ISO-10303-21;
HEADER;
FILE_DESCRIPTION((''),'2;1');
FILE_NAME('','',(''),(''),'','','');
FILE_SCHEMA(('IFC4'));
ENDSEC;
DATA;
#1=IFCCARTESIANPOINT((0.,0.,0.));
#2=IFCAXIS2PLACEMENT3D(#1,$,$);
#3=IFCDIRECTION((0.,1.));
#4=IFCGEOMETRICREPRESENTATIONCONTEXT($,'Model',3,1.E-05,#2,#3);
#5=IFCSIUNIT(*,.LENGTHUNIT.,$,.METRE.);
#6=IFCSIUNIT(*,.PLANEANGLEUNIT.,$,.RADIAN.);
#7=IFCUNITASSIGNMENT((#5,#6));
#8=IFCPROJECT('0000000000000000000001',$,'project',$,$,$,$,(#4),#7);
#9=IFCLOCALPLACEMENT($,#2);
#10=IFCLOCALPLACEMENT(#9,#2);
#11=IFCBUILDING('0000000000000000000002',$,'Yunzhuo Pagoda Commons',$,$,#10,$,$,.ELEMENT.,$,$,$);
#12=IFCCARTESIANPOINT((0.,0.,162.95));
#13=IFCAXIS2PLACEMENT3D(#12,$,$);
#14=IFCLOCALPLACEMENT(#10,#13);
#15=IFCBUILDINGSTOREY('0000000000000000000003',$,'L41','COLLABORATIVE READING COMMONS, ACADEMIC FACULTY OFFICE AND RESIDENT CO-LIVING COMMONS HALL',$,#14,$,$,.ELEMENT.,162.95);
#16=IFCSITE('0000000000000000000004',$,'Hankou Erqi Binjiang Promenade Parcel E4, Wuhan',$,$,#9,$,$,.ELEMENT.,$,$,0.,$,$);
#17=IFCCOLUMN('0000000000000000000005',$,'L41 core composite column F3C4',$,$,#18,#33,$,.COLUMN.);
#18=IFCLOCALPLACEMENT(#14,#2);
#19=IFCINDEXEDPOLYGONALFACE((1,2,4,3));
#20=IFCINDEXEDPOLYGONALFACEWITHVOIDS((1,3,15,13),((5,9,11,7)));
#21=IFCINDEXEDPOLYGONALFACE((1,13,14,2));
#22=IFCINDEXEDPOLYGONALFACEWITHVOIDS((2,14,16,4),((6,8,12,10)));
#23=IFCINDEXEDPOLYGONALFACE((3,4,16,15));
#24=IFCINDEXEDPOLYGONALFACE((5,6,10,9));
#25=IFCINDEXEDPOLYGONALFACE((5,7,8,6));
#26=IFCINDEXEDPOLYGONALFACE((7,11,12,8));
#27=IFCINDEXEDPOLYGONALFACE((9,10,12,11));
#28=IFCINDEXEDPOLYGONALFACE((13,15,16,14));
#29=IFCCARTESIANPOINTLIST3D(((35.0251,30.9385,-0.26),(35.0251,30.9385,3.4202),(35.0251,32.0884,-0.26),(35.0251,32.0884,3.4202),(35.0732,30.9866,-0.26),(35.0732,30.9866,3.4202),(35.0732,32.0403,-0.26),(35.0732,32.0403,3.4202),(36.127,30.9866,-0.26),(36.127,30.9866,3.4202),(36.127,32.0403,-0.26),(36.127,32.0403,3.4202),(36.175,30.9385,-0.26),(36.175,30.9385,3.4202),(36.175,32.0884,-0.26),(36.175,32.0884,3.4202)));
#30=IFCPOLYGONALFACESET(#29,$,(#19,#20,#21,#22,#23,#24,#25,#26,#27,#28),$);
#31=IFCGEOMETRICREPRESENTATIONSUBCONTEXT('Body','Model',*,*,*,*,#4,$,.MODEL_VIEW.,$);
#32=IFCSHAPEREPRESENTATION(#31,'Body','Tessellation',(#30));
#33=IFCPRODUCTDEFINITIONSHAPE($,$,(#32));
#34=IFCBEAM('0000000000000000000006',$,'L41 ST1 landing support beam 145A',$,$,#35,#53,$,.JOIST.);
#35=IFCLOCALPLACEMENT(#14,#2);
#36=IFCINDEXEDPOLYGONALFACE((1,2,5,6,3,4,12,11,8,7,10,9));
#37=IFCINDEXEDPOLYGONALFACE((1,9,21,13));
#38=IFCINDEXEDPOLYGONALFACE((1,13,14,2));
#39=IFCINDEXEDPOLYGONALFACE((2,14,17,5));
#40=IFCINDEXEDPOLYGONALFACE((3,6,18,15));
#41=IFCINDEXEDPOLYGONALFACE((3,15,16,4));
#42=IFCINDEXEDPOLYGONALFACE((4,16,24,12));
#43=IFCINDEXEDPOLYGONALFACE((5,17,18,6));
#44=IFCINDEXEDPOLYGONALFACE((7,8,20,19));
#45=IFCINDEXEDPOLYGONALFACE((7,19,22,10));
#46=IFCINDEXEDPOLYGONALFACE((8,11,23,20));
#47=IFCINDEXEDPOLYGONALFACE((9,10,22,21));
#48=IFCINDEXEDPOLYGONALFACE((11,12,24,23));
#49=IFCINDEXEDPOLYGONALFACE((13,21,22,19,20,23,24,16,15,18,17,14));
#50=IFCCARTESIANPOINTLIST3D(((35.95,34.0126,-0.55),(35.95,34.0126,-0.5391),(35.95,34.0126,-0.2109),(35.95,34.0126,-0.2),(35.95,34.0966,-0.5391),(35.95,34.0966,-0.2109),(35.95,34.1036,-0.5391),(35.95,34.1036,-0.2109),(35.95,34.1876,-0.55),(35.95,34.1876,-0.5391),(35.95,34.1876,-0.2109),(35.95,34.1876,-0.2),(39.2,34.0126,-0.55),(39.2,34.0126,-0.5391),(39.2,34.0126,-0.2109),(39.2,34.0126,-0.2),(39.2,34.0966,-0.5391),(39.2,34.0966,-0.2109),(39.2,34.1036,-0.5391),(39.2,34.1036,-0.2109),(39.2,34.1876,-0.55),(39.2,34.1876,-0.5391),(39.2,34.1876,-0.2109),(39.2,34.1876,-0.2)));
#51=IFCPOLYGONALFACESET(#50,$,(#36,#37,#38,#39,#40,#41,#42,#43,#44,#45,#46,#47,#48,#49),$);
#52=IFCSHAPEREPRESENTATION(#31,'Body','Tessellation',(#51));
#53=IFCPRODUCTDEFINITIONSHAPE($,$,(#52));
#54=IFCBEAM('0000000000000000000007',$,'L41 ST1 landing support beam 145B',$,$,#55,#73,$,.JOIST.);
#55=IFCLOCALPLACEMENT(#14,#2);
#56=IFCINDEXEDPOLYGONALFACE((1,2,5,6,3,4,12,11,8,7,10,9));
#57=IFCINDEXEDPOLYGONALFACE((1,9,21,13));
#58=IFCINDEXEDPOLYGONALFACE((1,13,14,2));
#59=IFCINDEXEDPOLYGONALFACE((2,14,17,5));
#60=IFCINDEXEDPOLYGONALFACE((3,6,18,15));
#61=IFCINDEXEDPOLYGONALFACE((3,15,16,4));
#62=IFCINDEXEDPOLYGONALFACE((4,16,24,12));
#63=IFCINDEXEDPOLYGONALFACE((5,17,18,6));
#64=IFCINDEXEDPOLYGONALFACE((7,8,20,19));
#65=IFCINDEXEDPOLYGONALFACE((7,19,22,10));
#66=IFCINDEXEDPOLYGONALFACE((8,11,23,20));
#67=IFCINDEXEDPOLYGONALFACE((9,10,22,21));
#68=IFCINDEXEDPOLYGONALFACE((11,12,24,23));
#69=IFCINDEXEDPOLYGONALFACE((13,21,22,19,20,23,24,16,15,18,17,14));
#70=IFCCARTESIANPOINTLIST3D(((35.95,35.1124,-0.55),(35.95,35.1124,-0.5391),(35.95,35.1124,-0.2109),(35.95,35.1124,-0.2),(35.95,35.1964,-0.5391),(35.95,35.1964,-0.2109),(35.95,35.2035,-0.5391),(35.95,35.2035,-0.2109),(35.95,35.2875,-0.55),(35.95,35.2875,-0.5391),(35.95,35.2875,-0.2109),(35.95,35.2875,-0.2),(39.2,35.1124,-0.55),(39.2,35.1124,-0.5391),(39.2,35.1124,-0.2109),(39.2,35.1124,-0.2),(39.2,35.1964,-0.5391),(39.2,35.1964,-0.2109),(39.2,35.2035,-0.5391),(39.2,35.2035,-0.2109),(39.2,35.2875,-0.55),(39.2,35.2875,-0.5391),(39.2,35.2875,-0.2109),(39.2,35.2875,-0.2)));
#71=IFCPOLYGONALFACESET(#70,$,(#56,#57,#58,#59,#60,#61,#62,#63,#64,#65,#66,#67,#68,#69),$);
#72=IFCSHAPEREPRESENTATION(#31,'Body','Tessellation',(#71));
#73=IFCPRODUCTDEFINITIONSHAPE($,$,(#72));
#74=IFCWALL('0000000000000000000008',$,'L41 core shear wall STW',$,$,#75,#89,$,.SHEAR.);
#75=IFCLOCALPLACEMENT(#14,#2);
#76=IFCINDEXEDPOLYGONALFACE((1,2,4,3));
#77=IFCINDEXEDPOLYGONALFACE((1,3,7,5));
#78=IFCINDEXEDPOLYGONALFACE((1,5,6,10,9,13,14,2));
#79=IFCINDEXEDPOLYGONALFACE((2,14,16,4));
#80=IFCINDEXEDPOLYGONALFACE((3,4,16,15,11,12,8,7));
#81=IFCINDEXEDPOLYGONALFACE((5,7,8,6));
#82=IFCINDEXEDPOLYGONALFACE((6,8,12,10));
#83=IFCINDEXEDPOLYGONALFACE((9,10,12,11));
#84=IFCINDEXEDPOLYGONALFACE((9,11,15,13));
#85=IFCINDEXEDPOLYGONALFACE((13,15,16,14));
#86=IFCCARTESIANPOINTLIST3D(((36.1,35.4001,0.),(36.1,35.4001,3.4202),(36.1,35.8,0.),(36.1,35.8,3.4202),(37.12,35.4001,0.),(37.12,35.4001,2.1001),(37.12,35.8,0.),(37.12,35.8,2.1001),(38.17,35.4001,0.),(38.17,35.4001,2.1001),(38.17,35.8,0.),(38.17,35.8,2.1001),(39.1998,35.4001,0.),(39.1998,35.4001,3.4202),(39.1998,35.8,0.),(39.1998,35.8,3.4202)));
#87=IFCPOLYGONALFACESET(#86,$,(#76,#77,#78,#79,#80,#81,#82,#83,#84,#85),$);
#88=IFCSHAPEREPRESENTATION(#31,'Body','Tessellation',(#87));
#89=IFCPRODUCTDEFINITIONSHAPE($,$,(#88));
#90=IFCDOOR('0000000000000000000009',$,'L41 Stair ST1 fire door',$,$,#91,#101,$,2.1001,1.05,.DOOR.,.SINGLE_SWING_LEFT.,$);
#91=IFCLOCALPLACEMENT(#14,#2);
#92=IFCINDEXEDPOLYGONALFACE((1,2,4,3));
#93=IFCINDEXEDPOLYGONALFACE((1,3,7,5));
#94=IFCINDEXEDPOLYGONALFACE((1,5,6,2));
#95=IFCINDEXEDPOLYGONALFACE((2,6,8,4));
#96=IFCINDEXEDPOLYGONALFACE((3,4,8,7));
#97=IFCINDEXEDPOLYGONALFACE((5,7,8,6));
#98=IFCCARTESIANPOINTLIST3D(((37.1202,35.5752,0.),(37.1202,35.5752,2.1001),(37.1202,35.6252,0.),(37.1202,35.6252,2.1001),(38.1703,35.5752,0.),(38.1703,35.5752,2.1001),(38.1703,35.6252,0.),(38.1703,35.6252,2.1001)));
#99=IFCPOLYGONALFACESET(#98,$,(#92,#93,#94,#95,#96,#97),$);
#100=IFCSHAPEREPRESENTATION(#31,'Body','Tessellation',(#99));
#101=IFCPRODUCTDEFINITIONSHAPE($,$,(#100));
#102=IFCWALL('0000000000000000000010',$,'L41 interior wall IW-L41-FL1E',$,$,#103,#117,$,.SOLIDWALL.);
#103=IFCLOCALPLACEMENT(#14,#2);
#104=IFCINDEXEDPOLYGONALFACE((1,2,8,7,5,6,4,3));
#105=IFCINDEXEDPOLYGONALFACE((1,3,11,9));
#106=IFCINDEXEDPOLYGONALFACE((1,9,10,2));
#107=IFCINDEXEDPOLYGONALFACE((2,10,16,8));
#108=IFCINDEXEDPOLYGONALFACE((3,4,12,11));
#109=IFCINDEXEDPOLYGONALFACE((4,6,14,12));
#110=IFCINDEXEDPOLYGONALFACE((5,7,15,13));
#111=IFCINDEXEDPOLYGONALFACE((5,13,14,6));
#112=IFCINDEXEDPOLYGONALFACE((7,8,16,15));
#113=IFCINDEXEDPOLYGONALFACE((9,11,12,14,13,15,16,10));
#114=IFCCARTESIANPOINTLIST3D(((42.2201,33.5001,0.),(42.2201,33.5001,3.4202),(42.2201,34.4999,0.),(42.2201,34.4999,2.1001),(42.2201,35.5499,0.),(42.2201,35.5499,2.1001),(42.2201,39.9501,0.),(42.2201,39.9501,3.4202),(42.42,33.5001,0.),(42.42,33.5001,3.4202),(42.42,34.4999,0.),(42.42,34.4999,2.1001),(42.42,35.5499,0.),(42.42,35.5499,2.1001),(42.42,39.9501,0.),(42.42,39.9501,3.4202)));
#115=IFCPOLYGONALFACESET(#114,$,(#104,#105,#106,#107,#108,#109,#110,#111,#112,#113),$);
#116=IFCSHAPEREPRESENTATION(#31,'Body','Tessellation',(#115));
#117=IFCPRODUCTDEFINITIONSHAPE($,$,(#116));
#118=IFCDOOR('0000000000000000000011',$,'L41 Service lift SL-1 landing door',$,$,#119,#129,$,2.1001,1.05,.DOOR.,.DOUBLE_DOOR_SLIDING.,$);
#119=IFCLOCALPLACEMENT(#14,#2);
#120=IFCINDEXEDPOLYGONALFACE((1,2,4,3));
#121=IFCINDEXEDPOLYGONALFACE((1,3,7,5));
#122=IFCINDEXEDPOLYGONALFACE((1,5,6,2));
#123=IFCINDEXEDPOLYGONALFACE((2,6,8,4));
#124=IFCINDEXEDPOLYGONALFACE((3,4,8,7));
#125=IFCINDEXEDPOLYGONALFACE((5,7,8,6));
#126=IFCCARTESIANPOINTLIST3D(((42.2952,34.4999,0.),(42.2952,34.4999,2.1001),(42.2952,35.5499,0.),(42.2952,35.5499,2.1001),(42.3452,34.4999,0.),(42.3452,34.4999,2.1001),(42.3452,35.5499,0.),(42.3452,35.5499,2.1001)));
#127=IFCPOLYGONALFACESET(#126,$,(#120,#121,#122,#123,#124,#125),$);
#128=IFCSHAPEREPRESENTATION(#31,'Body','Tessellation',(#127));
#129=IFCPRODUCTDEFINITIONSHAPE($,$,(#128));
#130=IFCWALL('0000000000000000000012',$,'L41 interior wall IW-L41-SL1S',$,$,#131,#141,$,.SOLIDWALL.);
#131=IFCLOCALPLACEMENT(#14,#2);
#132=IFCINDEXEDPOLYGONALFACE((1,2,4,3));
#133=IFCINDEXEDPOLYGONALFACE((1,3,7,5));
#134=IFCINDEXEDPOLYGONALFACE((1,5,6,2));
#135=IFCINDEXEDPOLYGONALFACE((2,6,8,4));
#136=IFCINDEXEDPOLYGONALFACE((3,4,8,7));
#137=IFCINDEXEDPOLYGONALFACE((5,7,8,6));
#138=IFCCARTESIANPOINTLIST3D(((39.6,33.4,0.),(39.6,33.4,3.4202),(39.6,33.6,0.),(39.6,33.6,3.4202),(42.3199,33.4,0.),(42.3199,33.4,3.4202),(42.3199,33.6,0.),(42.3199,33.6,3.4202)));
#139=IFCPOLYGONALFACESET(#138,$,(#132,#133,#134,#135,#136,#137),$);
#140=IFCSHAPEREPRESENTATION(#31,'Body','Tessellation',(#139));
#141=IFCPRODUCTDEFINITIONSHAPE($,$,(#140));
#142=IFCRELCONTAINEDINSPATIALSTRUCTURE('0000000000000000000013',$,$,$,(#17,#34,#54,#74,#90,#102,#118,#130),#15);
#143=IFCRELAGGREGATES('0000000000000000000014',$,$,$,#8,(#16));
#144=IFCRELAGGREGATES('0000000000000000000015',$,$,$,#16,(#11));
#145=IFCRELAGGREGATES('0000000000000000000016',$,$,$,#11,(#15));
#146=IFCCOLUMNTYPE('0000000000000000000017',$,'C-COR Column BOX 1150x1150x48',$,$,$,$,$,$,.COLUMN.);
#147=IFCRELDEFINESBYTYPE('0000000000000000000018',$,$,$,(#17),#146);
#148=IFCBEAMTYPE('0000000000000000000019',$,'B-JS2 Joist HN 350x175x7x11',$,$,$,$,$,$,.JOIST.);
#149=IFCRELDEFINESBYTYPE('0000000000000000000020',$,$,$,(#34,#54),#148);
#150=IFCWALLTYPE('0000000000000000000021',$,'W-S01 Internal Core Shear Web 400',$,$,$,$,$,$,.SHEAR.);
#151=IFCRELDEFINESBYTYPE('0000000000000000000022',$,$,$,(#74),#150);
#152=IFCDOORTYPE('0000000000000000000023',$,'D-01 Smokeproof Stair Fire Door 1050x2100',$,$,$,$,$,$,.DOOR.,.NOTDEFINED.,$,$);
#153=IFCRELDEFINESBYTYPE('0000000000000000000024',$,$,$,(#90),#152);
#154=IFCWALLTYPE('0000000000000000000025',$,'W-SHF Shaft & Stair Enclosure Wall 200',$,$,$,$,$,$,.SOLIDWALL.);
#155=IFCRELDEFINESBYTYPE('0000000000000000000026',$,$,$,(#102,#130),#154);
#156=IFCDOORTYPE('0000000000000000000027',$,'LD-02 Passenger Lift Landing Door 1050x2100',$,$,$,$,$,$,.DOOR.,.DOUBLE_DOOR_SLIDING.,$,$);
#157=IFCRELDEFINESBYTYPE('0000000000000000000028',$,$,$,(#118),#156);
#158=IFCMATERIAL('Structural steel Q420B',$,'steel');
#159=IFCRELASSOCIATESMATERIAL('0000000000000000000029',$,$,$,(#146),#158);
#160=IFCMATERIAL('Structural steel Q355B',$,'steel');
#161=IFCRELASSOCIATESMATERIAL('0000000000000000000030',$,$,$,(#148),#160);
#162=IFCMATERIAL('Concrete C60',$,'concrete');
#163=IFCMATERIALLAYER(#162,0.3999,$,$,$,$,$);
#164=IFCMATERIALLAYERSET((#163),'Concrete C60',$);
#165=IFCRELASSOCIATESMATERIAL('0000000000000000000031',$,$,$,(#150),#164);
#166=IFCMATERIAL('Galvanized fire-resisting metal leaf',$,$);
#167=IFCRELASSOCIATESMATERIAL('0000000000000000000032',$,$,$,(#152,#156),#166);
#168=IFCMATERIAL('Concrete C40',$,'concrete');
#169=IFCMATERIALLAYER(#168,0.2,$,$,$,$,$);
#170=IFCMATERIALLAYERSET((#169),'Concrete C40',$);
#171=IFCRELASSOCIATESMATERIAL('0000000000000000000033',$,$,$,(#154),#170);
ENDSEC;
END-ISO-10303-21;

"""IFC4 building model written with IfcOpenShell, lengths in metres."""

from ifc_helpers import new_model, si_unit, direction, frame, frame_2d, origin, origin_with_axes, origin_2d, place, context, subcontext, project, spatial, rectangle, hollow_rectangle, i_section, extrude, source, transform, mapped, material, layer, layer_set, material_profile, profile_set, type_object, element, fill, save


model = new_model("IFC4")

# Units and contexts
model_context = context("Model", 3, precision=1e-05, world=origin(), true_north=direction((0.0, 1.0)))
body_context = subcontext(model_context, "Body", "Model", "MODEL_VIEW")
ifc_project = project(units=[si_unit("LENGTHUNIT", "METRE"), si_unit("PLANEANGLEUNIT", "RADIAN")], contexts=[model_context])

# Site, building, storey
site_placement = place(None, origin())
site = spatial("IfcSite", under=ifc_project, at=site_placement, Name="Hankou Erqi Binjiang Promenade Parcel E4, Wuhan", CompositionType="ELEMENT", RefElevation=0.0)
building_placement = place(site_placement, origin())
building = spatial("IfcBuilding", under=site, at=building_placement, Name="Yunzhuo Pagoda Commons", CompositionType="ELEMENT")
storey_placement = place(building_placement, frame((0.0, 0.0, 162.95)))
storey = spatial("IfcBuildingStorey", under=building, at=storey_placement, Name="L41", Description="COLLABORATIVE READING COMMONS, ACADEMIC FACULTY OFFICE AND RESIDENT CO-LIVING COMMONS HALL", CompositionType="ELEMENT", Elevation=162.95)

# Column
ifc_material_1 = material(Name="Structural steel Q420B", Category="steel")
ifc_material_profile_1 = material_profile(ifc_material_1, hollow_rectangle(XDim=1.1499, YDim=1.1499, WallThickness=0.0481, at=origin_2d()), Name="Structural steel Q420B")
ifc_profile_set_1 = profile_set([ifc_material_profile_1], Name="Structural steel Q420B")
column_type = type_object("IfcColumnType", Name="C-COR Column BOX 1150x1150x48", PredefinedType="COLUMN", material=ifc_profile_set_1)
shared_shape_1 = source(origin(), body_context, "Body", "SweptSolid", [
    extrude(hollow_rectangle(XDim=1.1499, YDim=1.1499, WallThickness=0.0481, at=origin_2d()), origin(), (0.0, 0.0, 1.0), 3.6802),
])
column_placement = place(storey_placement, frame((35.6001, 31.5134, -0.26), z_axis=(0.0, 0.0, 1.0), x_axis=(1.0, 0.0, 0.0)))
element("IfcColumn", 1, at=column_placement, inside=storey, type_object=column_type, Name="L41 core composite column F3C4", PredefinedType="COLUMN", context=body_context, shape_type="MappedRepresentation", body=[
    mapped(shared_shape_1, transform((0.0, 0.0, 0.0), scale=1.0)),
])

# Beams
ifc_material_2 = material(Name="Structural steel Q355B", Category="steel")
ifc_material_profile_2 = material_profile(ifc_material_2, i_section(OverallWidth=0.175, OverallDepth=0.3501, WebThickness=0.0071, FlangeThickness=0.011, at=origin_2d()), Name="Structural steel Q355B")
ifc_profile_set_2 = profile_set([ifc_material_profile_2], Name="Structural steel Q355B")
beam_type = type_object("IfcBeamType", Name="B-JS2 Joist HN 350x175x7x11", PredefinedType="JOIST", material=ifc_profile_set_2)
shared_shape_2 = source(origin(), body_context, "Body", "SweptSolid", [
    extrude(i_section(OverallWidth=0.175, OverallDepth=0.3501, WebThickness=0.0071, FlangeThickness=0.011, at=origin_2d()), origin(), (0.0, 0.0, 1.0), 3.25),
])
for number, where, z_axis, x_axis, name in (
    (2, (35.95, 34.1001, -0.375), (1.0, 0.0, 0.0), (0.0, 1.0, 0.0), "L41 ST1 landing support beam 145A"),
    (3, (35.95, 35.2, -0.375), (1.0, 0.0, 0.0), (0.0, 1.0, 0.0), "L41 ST1 landing support beam 145B"),
):
    element("IfcBeam", number, at=place(storey_placement, frame(where, z_axis=z_axis, x_axis=x_axis)), inside=storey, type_object=beam_type, Name=name, PredefinedType="JOIST", context=body_context, shape_type="MappedRepresentation", body=[
        mapped(shared_shape_2, transform((0.0, 0.0, 0.0), scale=1.0)),
    ])

# Walls, openings, doors
ifc_material_3 = material(Name="Concrete C60", Category="concrete")
ifc_layer_1 = layer(ifc_material_3, 0.3999)
ifc_layer_set_1 = layer_set([ifc_layer_1], Name="Concrete C60")
wall_type_1 = type_object("IfcWallType", Name="W-S01 Internal Core Shear Web 400", PredefinedType="SHEAR", material=ifc_layer_set_1)
wall_1_placement = place(storey_placement, frame((36.1001, 35.6001, 0.0), z_axis=(0.0, 0.0, 1.0), x_axis=(1.0, 0.0, 0.0)))
wall_1 = element("IfcWall", 4, at=wall_1_placement, inside=storey, type_object=wall_type_1, Name="L41 core shear wall STW", PredefinedType="SHEAR", context=body_context, shape_type="SweptSolid", body=[
    extrude(rectangle(XDim=3.0999, YDim=0.3999, at=frame_2d((1.5498, 0.0))), origin(), (0.0, 0.0, 1.0), 3.4202),
])
opening_1_placement = place(wall_1_placement, frame((1.02, 0.0, 0.0)))
opening_1 = element("IfcOpeningElement", 5, at=opening_1_placement, cuts=wall_1, PredefinedType="OPENING", context=body_context, shape_type="SweptSolid", body=[
    extrude(rectangle(XDim=1.05, YDim=2.1001, at=frame_2d((0.5249, 1.05))), frame((0.0, 0.21, 0.0), z_axis=(0.0, -1.0, 0.0), x_axis=(1.0, 0.0, 0.0)), (0.0, 0.0, 1.0), 0.4199),
])
ifc_material_4 = material(Name="Galvanized fire-resisting metal leaf")
door_type_1 = type_object("IfcDoorType", Name="D-01 Smokeproof Stair Fire Door 1050x2100", OperationType="NOTDEFINED", PredefinedType="DOOR", material=ifc_material_4)
shared_shape_3 = source(origin(), body_context, "Body", "SweptSolid", [
    extrude(rectangle(XDim=1.05, YDim=2.1001, at=frame_2d((0.5249, 1.05))), frame((0.0, 0.0249, 0.0), z_axis=(0.0, -1.0, 0.0), x_axis=(1.0, 0.0, 0.0)), (0.0, 0.0, 1.0), 0.05),
])
door_1_placement = place(opening_1_placement, frame((1.05, 0.0, 0.0), z_axis=(0.0, 0.0, 1.0), x_axis=(-1.0, 0.0, 0.0)))
door_1 = element("IfcDoor", 6, at=door_1_placement, inside=storey, type_object=door_type_1, Name="L41 Stair ST1 fire door", OperationType="SINGLE_SWING_LEFT", OverallHeight=2.1001, OverallWidth=1.05, PredefinedType="DOOR", context=body_context, shape_type="MappedRepresentation", body=[
    mapped(shared_shape_3, transform((0.0, 0.0, 0.0), scale=1.0)),
])
fill(opening_1, door_1)
ifc_material_5 = material(Name="Concrete C40", Category="concrete")
ifc_layer_2 = layer(ifc_material_5, 0.2)
ifc_layer_set_2 = layer_set([ifc_layer_2], Name="Concrete C40")
wall_type_2 = type_object("IfcWallType", Name="W-SHF Shaft & Stair Enclosure Wall 200", PredefinedType="SOLIDWALL", material=ifc_layer_set_2)
wall_2_placement = place(storey_placement, frame((42.3201, 33.5, 0.0), z_axis=(0.0, 0.0, 1.0), x_axis=(0.0, 1.0, 0.0)))
wall_2 = element("IfcWall", 7, at=wall_2_placement, inside=storey, type_object=wall_type_2, Name="L41 interior wall IW-L41-FL1E", PredefinedType="SOLIDWALL", context=body_context, shape_type="SweptSolid", body=[
    extrude(rectangle(XDim=6.45, YDim=0.2, at=frame_2d((3.2251, 0.0))), origin(), (0.0, 0.0, 1.0), 3.4202),
])
opening_2_placement = place(wall_2_placement, frame((1.0, 0.0, 0.0)))
opening_2 = element("IfcOpeningElement", 8, at=opening_2_placement, cuts=wall_2, PredefinedType="OPENING", context=body_context, shape_type="SweptSolid", body=[
    extrude(rectangle(XDim=1.05, YDim=2.1001, at=frame_2d((0.5249, 1.05))), frame((0.0, 0.1099, 0.0), z_axis=(0.0, -1.0, 0.0), x_axis=(1.0, 0.0, 0.0)), (0.0, 0.0, 1.0), 0.22),
])
door_type_2 = type_object("IfcDoorType", Name="LD-02 Passenger Lift Landing Door 1050x2100", OperationType="DOUBLE_DOOR_SLIDING", PredefinedType="DOOR", material=ifc_material_4)
door_2_placement = place(opening_2_placement, origin_with_axes())
door_2 = element("IfcDoor", 9, at=door_2_placement, inside=storey, type_object=door_type_2, Name="L41 Service lift SL-1 landing door", OperationType="DOUBLE_DOOR_SLIDING", OverallHeight=2.1001, OverallWidth=1.05, PredefinedType="DOOR", context=body_context, shape_type="MappedRepresentation", body=[
    mapped(shared_shape_3, transform((0.0, 0.0, 0.0), scale=1.0)),
])
fill(opening_2, door_2)

# Wall
wall_3_placement = place(storey_placement, frame((39.6001, 33.5, 0.0), z_axis=(0.0, 0.0, 1.0), x_axis=(1.0, 0.0, 0.0)))
element("IfcWall", 10, at=wall_3_placement, inside=storey, type_object=wall_type_2, Name="L41 interior wall IW-L41-SL1S", PredefinedType="SOLIDWALL", context=body_context, shape_type="SweptSolid", body=[
    extrude(rectangle(XDim=2.72, YDim=0.2, at=frame_2d((1.3599, 0.0))), origin(), (0.0, 0.0, 1.0), 3.4202),
])

save(model, "model.ifc")
